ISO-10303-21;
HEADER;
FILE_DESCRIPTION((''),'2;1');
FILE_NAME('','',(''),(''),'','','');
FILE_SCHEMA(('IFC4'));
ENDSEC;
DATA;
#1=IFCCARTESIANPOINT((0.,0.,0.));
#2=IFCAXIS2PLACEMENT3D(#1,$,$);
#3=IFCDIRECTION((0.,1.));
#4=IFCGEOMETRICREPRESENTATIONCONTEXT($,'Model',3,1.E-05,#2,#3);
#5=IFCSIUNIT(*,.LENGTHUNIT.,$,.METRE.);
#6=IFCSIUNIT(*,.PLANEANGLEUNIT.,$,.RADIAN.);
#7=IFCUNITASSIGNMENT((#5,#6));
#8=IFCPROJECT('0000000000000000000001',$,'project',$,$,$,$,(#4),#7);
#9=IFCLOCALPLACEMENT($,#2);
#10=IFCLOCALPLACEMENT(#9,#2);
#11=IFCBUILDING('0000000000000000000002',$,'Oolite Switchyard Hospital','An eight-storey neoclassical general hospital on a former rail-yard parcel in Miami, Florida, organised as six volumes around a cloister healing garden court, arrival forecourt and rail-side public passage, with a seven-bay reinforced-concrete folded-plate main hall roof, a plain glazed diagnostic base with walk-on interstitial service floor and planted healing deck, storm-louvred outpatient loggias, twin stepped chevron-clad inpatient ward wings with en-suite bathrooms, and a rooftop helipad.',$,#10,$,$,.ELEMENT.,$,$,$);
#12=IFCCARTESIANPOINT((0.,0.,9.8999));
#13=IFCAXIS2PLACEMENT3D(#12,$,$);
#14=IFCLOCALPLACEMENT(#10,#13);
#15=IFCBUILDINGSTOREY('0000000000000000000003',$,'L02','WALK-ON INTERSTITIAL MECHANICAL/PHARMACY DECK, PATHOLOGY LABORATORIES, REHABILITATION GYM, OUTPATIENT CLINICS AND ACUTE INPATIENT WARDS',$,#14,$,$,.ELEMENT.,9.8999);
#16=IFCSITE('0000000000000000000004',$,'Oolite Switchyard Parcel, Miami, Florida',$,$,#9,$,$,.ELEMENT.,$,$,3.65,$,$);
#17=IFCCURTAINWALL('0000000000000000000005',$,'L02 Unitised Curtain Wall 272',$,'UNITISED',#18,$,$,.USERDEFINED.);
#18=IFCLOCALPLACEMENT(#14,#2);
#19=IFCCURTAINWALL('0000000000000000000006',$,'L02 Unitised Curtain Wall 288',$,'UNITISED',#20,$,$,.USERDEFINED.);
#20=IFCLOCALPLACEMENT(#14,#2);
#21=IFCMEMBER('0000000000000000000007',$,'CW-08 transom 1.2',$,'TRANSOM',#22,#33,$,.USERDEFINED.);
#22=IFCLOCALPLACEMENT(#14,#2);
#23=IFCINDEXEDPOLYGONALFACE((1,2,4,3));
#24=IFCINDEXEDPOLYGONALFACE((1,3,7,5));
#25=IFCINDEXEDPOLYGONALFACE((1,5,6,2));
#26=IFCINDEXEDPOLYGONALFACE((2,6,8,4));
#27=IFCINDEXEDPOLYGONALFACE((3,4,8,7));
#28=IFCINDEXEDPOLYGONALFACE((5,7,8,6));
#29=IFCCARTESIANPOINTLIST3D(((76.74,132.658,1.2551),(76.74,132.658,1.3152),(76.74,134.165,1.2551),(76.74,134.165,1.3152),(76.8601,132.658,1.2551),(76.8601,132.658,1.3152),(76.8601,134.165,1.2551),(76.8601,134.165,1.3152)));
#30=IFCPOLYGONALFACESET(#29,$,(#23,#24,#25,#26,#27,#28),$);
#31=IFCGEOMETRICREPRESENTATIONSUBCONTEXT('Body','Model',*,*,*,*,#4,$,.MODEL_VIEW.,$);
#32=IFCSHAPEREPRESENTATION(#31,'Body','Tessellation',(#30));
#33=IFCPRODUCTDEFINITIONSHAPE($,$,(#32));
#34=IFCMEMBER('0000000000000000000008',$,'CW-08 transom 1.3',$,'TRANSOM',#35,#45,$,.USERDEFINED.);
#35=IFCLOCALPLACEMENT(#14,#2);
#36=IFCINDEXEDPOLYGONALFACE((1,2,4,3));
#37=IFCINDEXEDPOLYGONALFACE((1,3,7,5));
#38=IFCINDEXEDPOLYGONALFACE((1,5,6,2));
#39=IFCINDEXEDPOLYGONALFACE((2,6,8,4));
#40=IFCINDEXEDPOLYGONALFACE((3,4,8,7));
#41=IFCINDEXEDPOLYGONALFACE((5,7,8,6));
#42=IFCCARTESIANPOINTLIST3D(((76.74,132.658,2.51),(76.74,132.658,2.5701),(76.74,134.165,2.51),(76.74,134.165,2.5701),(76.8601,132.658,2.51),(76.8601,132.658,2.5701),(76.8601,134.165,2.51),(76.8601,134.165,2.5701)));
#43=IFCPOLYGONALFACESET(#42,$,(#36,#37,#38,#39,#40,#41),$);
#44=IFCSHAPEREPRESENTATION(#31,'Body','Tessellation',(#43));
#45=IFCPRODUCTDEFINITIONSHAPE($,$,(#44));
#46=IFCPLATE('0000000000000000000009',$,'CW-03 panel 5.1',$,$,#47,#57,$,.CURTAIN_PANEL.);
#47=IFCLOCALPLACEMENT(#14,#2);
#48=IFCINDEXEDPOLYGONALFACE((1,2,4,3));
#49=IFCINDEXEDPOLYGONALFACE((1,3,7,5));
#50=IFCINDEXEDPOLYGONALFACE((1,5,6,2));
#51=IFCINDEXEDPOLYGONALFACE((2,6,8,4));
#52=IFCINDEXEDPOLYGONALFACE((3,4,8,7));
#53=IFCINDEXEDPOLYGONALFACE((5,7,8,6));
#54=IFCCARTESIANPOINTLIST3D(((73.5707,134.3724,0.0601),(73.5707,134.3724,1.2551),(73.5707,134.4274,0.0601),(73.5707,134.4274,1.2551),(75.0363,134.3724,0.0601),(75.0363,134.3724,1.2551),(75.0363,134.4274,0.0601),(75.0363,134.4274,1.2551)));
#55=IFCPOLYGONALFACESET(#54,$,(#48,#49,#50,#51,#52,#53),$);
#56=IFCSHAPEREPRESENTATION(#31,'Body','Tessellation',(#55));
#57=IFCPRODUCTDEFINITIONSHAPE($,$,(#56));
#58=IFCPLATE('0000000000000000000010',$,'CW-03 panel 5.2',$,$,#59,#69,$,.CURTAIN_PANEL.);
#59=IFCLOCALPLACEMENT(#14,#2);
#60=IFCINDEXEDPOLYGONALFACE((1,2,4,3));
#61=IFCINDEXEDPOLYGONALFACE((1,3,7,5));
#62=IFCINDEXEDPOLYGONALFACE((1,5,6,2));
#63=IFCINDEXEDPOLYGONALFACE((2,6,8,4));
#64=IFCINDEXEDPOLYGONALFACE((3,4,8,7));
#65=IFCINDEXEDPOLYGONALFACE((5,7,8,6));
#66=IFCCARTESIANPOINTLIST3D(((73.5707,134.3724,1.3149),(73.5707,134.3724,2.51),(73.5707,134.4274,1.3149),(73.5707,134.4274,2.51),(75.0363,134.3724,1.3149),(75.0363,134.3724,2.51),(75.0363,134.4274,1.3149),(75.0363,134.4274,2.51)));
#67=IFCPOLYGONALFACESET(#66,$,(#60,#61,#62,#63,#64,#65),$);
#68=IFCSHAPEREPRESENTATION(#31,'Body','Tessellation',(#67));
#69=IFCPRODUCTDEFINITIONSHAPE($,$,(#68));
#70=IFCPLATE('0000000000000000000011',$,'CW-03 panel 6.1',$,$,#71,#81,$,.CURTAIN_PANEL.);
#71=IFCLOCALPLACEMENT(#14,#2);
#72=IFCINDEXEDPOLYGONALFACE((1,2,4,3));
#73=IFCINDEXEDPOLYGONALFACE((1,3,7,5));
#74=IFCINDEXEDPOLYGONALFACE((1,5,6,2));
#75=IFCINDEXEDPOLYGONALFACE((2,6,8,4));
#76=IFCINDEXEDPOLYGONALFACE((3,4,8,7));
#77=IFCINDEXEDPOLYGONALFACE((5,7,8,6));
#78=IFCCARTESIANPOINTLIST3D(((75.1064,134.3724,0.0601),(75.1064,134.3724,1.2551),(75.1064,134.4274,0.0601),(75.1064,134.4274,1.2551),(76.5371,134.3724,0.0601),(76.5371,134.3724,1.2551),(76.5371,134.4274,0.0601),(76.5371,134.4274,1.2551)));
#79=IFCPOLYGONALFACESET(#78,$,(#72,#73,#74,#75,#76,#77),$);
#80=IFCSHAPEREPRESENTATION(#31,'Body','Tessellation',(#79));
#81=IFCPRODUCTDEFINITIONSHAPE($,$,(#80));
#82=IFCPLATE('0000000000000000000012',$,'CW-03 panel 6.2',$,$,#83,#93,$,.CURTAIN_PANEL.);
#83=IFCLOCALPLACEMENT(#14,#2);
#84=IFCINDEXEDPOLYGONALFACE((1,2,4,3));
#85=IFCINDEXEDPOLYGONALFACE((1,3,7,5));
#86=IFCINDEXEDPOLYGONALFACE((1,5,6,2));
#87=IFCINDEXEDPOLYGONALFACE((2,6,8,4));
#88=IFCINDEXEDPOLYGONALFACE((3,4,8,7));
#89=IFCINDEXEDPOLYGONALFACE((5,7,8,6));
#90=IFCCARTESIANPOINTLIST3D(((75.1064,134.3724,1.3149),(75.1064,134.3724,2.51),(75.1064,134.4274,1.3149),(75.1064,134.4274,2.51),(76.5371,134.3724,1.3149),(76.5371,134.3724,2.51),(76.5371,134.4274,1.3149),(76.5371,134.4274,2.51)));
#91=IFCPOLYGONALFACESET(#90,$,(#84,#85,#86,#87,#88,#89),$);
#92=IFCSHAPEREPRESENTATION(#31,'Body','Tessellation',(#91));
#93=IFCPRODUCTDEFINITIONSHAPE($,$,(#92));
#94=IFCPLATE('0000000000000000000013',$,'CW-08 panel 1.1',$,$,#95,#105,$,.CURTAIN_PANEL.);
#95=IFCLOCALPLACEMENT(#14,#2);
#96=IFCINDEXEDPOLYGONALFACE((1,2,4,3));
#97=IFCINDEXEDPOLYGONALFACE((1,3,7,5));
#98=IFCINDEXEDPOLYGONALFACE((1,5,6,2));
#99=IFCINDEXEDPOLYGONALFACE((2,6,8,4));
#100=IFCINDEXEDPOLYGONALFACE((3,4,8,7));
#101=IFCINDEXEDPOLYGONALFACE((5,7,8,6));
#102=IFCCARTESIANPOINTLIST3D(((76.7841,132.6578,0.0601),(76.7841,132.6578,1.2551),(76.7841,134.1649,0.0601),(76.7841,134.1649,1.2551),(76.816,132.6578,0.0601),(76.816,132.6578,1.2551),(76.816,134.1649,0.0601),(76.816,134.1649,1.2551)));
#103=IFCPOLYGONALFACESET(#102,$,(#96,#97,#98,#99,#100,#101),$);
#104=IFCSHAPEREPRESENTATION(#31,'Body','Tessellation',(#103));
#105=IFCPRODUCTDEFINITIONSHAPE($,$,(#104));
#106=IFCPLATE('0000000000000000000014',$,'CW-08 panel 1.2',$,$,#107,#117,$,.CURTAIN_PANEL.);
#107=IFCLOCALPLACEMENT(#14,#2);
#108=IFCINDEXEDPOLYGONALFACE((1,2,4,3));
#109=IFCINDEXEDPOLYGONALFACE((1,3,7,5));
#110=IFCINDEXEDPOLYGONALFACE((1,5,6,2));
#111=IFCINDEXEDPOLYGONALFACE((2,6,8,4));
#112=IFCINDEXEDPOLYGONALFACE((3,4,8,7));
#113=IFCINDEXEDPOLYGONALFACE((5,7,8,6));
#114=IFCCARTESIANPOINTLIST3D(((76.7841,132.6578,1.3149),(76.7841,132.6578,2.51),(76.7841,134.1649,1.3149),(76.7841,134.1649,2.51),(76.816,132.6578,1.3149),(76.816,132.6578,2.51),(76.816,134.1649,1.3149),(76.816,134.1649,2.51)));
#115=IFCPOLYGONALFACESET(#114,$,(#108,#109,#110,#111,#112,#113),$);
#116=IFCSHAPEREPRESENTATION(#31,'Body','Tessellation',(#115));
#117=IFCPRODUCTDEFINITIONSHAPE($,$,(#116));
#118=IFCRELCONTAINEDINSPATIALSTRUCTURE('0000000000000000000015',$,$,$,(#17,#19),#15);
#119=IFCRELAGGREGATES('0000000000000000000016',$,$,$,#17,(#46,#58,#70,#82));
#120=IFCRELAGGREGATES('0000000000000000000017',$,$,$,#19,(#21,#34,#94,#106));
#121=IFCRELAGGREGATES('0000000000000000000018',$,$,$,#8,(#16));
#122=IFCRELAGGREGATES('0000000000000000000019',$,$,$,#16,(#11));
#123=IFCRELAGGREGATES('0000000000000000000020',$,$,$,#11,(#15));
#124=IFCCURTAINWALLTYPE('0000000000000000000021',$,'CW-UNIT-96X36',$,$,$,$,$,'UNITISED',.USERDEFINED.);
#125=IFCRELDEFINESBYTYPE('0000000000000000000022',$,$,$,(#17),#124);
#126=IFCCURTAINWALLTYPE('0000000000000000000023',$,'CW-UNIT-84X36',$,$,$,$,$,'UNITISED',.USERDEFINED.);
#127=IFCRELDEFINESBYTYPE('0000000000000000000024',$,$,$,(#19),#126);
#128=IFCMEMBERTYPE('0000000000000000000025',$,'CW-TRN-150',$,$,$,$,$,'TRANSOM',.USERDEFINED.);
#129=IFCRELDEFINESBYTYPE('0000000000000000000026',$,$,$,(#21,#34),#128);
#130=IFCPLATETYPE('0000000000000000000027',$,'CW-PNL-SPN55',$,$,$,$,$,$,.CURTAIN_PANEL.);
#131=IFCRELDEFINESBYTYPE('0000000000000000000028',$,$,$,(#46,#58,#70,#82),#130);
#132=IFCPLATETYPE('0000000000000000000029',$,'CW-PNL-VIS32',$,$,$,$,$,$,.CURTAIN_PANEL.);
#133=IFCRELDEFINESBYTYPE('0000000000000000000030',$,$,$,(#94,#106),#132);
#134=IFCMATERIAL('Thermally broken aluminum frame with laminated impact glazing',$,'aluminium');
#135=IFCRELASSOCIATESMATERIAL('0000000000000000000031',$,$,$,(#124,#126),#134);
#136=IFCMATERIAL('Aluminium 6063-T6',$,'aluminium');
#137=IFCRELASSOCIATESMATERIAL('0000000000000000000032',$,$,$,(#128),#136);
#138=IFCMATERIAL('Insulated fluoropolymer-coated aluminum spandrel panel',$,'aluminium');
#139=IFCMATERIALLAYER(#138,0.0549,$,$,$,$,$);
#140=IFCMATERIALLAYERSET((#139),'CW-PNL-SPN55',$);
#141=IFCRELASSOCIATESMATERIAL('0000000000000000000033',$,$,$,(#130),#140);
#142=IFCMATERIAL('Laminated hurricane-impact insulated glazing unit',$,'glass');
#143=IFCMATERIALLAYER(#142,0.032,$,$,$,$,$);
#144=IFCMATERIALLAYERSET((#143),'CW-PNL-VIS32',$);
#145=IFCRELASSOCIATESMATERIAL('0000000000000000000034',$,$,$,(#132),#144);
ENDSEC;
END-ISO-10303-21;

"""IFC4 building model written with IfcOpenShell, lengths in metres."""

from ifc_helpers import new_model, si_unit, direction, frame, origin, origin_2d, place, context, subcontext, project, spatial, rectangle, extrude, material, layer, layer_set, material_profile, profile_set, type_object, element, aggregate, save


model = new_model("IFC4")

# Units and contexts
model_context = context("Model", 3, precision=1e-05, world=origin(), true_north=direction((0.0, 1.0)))
body_context = subcontext(model_context, "Body", "Model", "MODEL_VIEW")
ifc_project = project(units=[si_unit("LENGTHUNIT", "METRE"), si_unit("PLANEANGLEUNIT", "RADIAN")], contexts=[model_context])

# Site, building, storey
site_placement = place(None, origin())
site = spatial("IfcSite", under=ifc_project, at=site_placement, Name="Oolite Switchyard Parcel, Miami, Florida", CompositionType="ELEMENT", RefElevation=3.65)
building_placement = place(site_placement, origin())
building = spatial("IfcBuilding", under=site, at=building_placement, Name="Oolite Switchyard Hospital", Description="An eight-storey neoclassical general hospital on a former rail-yard parcel in Miami, Florida, organised as six volumes around a cloister healing garden court, arrival forecourt and rail-side public passage, with a seven-bay reinforced-concrete folded-plate main hall roof, a plain glazed diagnostic base with walk-on interstitial service floor and planted healing deck, storm-louvred outpatient loggias, twin stepped chevron-clad inpatient ward wings with en-suite bathrooms, and a rooftop helipad.", CompositionType="ELEMENT")
storey_placement = place(building_placement, frame((0.0, 0.0, 9.8999)))
storey = spatial("IfcBuildingStorey", under=building, at=storey_placement, Name="L02", Description="WALK-ON INTERSTITIAL MECHANICAL/PHARMACY DECK, PATHOLOGY LABORATORIES, REHABILITATION GYM, OUTPATIENT CLINICS AND ACUTE INPATIENT WARDS", CompositionType="ELEMENT", Elevation=9.8999)

# Curtain walls
ifc_material_1 = material(Name="Thermally broken aluminum frame with laminated impact glazing", Category="aluminium")
curtain_wall_type_1 = type_object("IfcCurtainWallType", Name="CW-UNIT-96X36", ElementType="UNITISED", PredefinedType="USERDEFINED", material=ifc_material_1)
curtain_wall_1_placement = place(storey_placement, origin())
curtain_wall_1 = element("IfcCurtainWall", 1, at=curtain_wall_1_placement, inside=storey, type_object=curtain_wall_type_1, Name="L02 Unitised Curtain Wall 272", ObjectType="UNITISED", PredefinedType="USERDEFINED")
ifc_material_2 = material(Name="Aluminium 6063-T6", Category="aluminium")
curtain_wall_type_2 = type_object("IfcCurtainWallType", Name="CW-UNIT-84X36", ElementType="UNITISED", PredefinedType="USERDEFINED", material=ifc_material_1)
curtain_wall_2_placement = place(storey_placement, origin())
curtain_wall_2 = element("IfcCurtainWall", 2, at=curtain_wall_2_placement, inside=storey, type_object=curtain_wall_type_2, Name="L02 Unitised Curtain Wall 288", ObjectType="UNITISED", PredefinedType="USERDEFINED")

# Members
ifc_material_profile_1 = material_profile(ifc_material_2, rectangle(XDim=0.1201, YDim=0.0601, at=origin_2d()), Name="CWT60X120")
ifc_profile_set_1 = profile_set([ifc_material_profile_1], Name="Aluminium 6063-T6")
member_type_1 = type_object("IfcMemberType", Name="CW-TRN-150", ElementType="TRANSOM", PredefinedType="USERDEFINED", material=ifc_profile_set_1)
member_1_placement = place(storey_placement, frame((76.8, 134.165, 1.2852), z_axis=(0.0, -1.0, 0.0), x_axis=(1.0, 0.0, 0.0)))
member_1 = element("IfcMember", 3, at=member_1_placement, type_object=member_type_1, Name="CW-08 transom 1.2", ObjectType="TRANSOM", PredefinedType="USERDEFINED", context=body_context, shape_type="SweptSolid", body=[
    extrude(rectangle(XDim=0.1201, YDim=0.0601, at=origin_2d()), origin(), (0.0, 0.0, 1.0), 1.5071),
])
member_2_placement = place(storey_placement, frame((76.8, 134.165, 2.54), z_axis=(0.0, -1.0, 0.0), x_axis=(1.0, 0.0, 0.0)))
member_2 = element("IfcMember", 4, at=member_2_placement, type_object=member_type_1, Name="CW-08 transom 1.3", ObjectType="TRANSOM", PredefinedType="USERDEFINED", context=body_context, shape_type="SweptSolid", body=[
    extrude(rectangle(XDim=0.1201, YDim=0.0601, at=origin_2d()), origin(), (0.0, 0.0, 1.0), 1.5071),
])

# Plates
ifc_material_3 = material(Name="Insulated fluoropolymer-coated aluminum spandrel panel", Category="aluminium")
ifc_layer_1 = layer(ifc_material_3, 0.0549)
ifc_layer_set_1 = layer_set([ifc_layer_1], Name="CW-PNL-SPN55")
plate_type_1 = type_object("IfcPlateType", Name="CW-PNL-SPN55", PredefinedType="CURTAIN_PANEL", material=ifc_layer_set_1)
plate_1_placement = place(storey_placement, frame((74.3035, 134.3999, 0.0601), z_axis=(0.0, 0.0, 1.0), x_axis=(1.0, 0.0, 0.0)))
plate_1 = element("IfcPlate", 5, at=plate_1_placement, type_object=plate_type_1, Name="CW-03 panel 5.1", PredefinedType="CURTAIN_PANEL", context=body_context, shape_type="SweptSolid", body=[
    extrude(rectangle(XDim=1.4656, YDim=0.0549, at=origin_2d()), origin(), (0.0, 0.0, 1.0), 1.1951),
])
plate_2_placement = place(storey_placement, frame((74.3035, 134.3999, 1.3149), z_axis=(0.0, 0.0, 1.0), x_axis=(1.0, 0.0, 0.0)))
plate_2 = element("IfcPlate", 6, at=plate_2_placement, type_object=plate_type_1, Name="CW-03 panel 5.2", PredefinedType="CURTAIN_PANEL", context=body_context, shape_type="SweptSolid", body=[
    extrude(rectangle(XDim=1.4656, YDim=0.0549, at=origin_2d()), origin(), (0.0, 0.0, 1.0), 1.1951),
])
plate_3_placement = place(storey_placement, frame((75.8218, 134.3999, 0.0601), z_axis=(0.0, 0.0, 1.0), x_axis=(1.0, 0.0, 0.0)))
plate_3 = element("IfcPlate", 7, at=plate_3_placement, type_object=plate_type_1, Name="CW-03 panel 6.1", PredefinedType="CURTAIN_PANEL", context=body_context, shape_type="SweptSolid", body=[
    extrude(rectangle(XDim=1.4307, YDim=0.0549, at=origin_2d()), origin(), (0.0, 0.0, 1.0), 1.1951),
])
plate_4_placement = place(storey_placement, frame((75.8218, 134.3999, 1.3149), z_axis=(0.0, 0.0, 1.0), x_axis=(1.0, 0.0, 0.0)))
plate_4 = element("IfcPlate", 8, at=plate_4_placement, type_object=plate_type_1, Name="CW-03 panel 6.2", PredefinedType="CURTAIN_PANEL", context=body_context, shape_type="SweptSolid", body=[
    extrude(rectangle(XDim=1.4307, YDim=0.0549, at=origin_2d()), origin(), (0.0, 0.0, 1.0), 1.1951),
])
aggregate(curtain_wall_1, [plate_1, plate_2, plate_3, plate_4])
ifc_material_4 = material(Name="Laminated hurricane-impact insulated glazing unit", Category="glass")
ifc_layer_2 = layer(ifc_material_4, 0.032)
ifc_layer_set_2 = layer_set([ifc_layer_2], Name="CW-PNL-VIS32")
plate_type_2 = type_object("IfcPlateType", Name="CW-PNL-VIS32", PredefinedType="CURTAIN_PANEL", material=ifc_layer_set_2)
plate_5_placement = place(storey_placement, frame((76.8, 133.4114, 0.0601), z_axis=(0.0, 0.0, 1.0), x_axis=(0.0, -1.0, 0.0)))
plate_5 = element("IfcPlate", 9, at=plate_5_placement, type_object=plate_type_2, Name="CW-08 panel 1.1", PredefinedType="CURTAIN_PANEL", context=body_context, shape_type="SweptSolid", body=[
    extrude(rectangle(XDim=1.5071, YDim=0.032, at=origin_2d()), origin(), (0.0, 0.0, 1.0), 1.1951),
])
plate_6_placement = place(storey_placement, frame((76.8, 133.4114, 1.3149), z_axis=(0.0, 0.0, 1.0), x_axis=(0.0, -1.0, 0.0)))
plate_6 = element("IfcPlate", 10, at=plate_6_placement, type_object=plate_type_2, Name="CW-08 panel 1.2", PredefinedType="CURTAIN_PANEL", context=body_context, shape_type="SweptSolid", body=[
    extrude(rectangle(XDim=1.5071, YDim=0.032, at=origin_2d()), origin(), (0.0, 0.0, 1.0), 1.1951),
])
aggregate(curtain_wall_2, [member_1, member_2, plate_5, plate_6])

save(model, "model.ifc")
